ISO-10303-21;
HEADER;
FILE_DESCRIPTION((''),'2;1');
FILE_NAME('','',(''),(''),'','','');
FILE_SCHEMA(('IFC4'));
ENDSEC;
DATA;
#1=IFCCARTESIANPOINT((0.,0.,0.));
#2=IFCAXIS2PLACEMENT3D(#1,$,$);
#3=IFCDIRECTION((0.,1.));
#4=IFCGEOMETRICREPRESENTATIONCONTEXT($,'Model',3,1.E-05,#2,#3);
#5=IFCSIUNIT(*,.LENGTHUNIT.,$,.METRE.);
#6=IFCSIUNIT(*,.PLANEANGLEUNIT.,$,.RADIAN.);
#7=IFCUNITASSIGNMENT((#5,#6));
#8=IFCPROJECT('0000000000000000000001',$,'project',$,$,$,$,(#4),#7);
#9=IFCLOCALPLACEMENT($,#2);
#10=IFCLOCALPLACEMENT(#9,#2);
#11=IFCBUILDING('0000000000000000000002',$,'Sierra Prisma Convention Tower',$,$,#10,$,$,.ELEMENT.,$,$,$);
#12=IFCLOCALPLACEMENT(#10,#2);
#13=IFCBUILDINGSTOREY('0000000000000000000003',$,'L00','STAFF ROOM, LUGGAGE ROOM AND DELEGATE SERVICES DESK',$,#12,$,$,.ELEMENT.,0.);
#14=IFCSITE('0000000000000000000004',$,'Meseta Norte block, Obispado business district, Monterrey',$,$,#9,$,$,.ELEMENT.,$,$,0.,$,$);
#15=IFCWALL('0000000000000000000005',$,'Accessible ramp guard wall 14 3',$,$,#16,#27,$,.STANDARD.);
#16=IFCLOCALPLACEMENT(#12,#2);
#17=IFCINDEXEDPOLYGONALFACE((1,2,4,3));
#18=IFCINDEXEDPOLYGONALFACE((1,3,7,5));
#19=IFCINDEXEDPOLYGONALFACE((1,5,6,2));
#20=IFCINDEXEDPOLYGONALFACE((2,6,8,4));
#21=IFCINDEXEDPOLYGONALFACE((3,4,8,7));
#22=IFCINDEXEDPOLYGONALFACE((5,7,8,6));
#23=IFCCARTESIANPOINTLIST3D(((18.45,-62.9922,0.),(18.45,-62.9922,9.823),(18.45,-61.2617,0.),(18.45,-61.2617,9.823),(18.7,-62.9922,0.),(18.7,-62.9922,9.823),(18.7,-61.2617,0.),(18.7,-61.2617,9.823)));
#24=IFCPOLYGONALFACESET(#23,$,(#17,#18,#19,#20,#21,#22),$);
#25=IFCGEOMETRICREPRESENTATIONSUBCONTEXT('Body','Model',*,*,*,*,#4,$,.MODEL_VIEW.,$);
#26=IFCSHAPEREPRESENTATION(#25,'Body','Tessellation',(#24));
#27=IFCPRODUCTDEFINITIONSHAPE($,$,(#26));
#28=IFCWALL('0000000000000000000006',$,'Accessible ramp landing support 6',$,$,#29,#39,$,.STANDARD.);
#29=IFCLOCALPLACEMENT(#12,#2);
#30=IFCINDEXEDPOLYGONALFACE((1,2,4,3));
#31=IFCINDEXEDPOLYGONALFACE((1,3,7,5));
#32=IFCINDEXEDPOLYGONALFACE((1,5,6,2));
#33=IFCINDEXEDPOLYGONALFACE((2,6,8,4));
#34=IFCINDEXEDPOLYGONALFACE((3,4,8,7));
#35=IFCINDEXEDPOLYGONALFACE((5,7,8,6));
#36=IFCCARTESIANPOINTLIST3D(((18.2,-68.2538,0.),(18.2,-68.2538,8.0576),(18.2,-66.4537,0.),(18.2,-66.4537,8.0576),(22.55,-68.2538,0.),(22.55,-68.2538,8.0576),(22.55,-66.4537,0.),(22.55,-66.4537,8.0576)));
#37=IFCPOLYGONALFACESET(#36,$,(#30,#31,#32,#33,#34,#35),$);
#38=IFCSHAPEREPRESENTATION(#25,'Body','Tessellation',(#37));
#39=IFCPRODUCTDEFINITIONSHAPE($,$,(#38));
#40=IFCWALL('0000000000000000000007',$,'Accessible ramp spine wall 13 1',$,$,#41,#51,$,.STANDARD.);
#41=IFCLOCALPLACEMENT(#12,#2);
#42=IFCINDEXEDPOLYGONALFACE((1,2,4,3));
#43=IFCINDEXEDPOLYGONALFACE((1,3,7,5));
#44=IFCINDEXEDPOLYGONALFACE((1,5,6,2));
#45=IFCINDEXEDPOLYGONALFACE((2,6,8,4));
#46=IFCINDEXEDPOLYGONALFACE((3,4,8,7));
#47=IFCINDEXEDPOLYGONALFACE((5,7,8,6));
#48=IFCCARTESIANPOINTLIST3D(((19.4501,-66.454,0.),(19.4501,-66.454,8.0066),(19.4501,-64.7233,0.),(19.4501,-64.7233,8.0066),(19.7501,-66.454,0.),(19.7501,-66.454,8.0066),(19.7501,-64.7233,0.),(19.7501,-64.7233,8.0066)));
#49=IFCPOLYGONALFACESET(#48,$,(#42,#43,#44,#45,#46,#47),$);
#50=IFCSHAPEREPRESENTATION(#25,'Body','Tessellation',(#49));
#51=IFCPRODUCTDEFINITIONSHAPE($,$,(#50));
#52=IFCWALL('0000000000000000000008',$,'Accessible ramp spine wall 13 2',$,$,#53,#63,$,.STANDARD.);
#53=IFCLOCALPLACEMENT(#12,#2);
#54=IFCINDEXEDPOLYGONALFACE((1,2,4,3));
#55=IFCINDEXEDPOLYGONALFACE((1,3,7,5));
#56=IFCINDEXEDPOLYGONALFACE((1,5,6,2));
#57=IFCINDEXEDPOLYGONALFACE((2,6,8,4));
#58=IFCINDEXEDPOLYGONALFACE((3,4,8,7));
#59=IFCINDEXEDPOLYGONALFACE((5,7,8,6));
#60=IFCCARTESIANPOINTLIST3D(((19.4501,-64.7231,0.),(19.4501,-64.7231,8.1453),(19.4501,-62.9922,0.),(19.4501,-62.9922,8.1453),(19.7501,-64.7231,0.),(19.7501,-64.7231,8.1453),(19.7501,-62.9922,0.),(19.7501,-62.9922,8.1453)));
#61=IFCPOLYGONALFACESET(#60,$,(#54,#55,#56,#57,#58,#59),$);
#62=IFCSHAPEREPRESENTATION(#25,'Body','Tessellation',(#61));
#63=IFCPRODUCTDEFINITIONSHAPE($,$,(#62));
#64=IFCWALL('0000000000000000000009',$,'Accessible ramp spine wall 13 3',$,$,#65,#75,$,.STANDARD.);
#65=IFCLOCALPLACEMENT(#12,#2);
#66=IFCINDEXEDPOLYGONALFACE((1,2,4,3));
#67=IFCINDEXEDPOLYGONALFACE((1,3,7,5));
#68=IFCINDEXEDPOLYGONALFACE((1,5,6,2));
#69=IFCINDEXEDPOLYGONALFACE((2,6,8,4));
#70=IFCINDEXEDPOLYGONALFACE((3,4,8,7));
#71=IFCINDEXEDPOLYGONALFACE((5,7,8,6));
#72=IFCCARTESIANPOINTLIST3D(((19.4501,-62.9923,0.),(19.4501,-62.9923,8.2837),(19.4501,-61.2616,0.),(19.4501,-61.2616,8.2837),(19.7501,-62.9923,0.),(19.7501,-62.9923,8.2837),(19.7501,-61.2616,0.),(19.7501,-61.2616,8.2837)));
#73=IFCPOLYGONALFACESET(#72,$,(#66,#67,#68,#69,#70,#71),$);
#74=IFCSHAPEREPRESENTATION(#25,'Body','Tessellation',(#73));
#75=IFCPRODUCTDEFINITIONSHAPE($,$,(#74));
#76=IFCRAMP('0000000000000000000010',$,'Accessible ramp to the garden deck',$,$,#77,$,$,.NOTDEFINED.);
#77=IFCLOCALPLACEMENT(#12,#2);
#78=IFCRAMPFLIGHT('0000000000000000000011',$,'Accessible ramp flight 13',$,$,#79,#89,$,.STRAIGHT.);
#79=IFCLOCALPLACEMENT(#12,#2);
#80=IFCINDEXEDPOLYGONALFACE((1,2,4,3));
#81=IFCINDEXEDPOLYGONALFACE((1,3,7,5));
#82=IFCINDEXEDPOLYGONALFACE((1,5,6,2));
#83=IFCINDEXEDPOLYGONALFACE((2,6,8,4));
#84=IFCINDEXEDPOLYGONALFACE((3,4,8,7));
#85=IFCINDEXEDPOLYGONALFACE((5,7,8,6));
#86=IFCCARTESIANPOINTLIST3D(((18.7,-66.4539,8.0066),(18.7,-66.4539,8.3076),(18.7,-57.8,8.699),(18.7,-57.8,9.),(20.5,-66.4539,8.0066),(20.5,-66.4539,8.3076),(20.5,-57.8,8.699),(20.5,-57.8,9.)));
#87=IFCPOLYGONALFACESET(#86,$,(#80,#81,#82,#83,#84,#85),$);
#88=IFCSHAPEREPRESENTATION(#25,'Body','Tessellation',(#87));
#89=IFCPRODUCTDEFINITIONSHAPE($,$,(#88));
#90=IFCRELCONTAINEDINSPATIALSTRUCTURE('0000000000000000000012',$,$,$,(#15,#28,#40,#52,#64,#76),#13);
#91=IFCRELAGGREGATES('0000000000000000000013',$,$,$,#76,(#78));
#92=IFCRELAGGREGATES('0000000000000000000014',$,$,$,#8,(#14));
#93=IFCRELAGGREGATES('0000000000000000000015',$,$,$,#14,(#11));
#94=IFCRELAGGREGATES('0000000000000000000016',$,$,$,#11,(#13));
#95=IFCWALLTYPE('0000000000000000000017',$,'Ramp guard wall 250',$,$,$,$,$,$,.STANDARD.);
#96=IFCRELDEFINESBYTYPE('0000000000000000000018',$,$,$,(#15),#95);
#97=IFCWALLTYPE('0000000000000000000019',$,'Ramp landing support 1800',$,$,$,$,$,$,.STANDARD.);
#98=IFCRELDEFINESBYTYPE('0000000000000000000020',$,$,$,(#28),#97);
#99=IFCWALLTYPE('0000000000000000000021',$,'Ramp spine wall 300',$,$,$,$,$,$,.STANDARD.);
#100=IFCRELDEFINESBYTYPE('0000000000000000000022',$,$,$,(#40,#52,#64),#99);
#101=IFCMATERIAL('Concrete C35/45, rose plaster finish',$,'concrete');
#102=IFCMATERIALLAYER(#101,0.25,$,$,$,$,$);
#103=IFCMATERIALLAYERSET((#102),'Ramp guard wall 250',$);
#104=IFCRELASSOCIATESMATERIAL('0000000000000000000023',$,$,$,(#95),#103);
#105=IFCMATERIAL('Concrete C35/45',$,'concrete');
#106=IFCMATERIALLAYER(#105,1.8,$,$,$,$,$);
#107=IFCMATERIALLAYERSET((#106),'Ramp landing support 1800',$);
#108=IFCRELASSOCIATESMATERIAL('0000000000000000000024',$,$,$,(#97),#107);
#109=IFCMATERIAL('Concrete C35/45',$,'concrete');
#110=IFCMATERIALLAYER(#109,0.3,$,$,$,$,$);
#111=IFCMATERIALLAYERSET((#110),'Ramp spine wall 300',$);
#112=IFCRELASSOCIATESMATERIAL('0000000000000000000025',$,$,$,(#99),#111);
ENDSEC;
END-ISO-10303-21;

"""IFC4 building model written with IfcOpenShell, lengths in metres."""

from ifc_helpers import new_model, si_unit, direction, frame, frame_2d, origin, place, context, subcontext, project, spatial, polyline, rectangle, outline, extrude, material, layer, layer_set, type_object, element, aggregate, save


model = new_model("IFC4")

# Units and contexts
model_context = context("Model", 3, precision=1e-05, world=origin(), true_north=direction((0.0, 1.0)))
body_context = subcontext(model_context, "Body", "Model", "MODEL_VIEW")
ifc_project = project(units=[si_unit("LENGTHUNIT", "METRE"), si_unit("PLANEANGLEUNIT", "RADIAN")], contexts=[model_context])

# Site, building, storey
site_placement = place(None, origin())
site = spatial("IfcSite", under=ifc_project, at=site_placement, Name="Meseta Norte block, Obispado business district, Monterrey", CompositionType="ELEMENT", RefElevation=0.0)
building_placement = place(site_placement, origin())
building = spatial("IfcBuilding", under=site, at=building_placement, Name="Sierra Prisma Convention Tower", CompositionType="ELEMENT")
storey_placement = place(building_placement, origin())
storey = spatial("IfcBuildingStorey", under=building, at=storey_placement, Name="L00", Description="STAFF ROOM, LUGGAGE ROOM AND DELEGATE SERVICES DESK", CompositionType="ELEMENT", Elevation=0.0)

# Walls
ifc_material_1 = material(Name="Concrete C35/45, rose plaster finish", Category="concrete")
ifc_layer_1 = layer(ifc_material_1, 0.25)
ifc_layer_set_1 = layer_set([ifc_layer_1], Name="Ramp guard wall 250")
wall_type_1 = type_object("IfcWallType", Name="Ramp guard wall 250", PredefinedType="STANDARD", material=ifc_layer_set_1)
wall_1_placement = place(storey_placement, frame((18.575, -62.9922, 0.0), z_axis=(0.0, 0.0, 1.0), x_axis=(0.0, 1.0, 0.0)))
element("IfcWall", 1, at=wall_1_placement, inside=storey, type_object=wall_type_1, Name="Accessible ramp guard wall 14 3", PredefinedType="STANDARD", context=body_context, shape_type="SweptSolid", body=[
    extrude(rectangle(XDim=1.7305, YDim=0.25, at=frame_2d((0.8652, 0.0))), origin(), (0.0, 0.0, 1.0), 9.823),
])
ifc_material_2 = material(Name="Concrete C35/45", Category="concrete")
ifc_layer_2 = layer(ifc_material_2, 1.8)
ifc_layer_set_2 = layer_set([ifc_layer_2], Name="Ramp landing support 1800")
wall_type_2 = type_object("IfcWallType", Name="Ramp landing support 1800", PredefinedType="STANDARD", material=ifc_layer_set_2)
wall_2_placement = place(storey_placement, frame((18.2, -67.3538, 0.0), z_axis=(0.0, 0.0, 1.0), x_axis=(1.0, 0.0, 0.0)))
element("IfcWall", 2, at=wall_2_placement, inside=storey, type_object=wall_type_2, Name="Accessible ramp landing support 6", PredefinedType="STANDARD", context=body_context, shape_type="SweptSolid", body=[
    extrude(rectangle(XDim=4.3501, YDim=1.8, at=frame_2d((2.175, 0.0))), origin(), (0.0, 0.0, 1.0), 8.0576),
])
ifc_material_3 = material(Name="Concrete C35/45", Category="concrete")
ifc_layer_3 = layer(ifc_material_3, 0.3)
ifc_layer_set_3 = layer_set([ifc_layer_3], Name="Ramp spine wall 300")
wall_type_3 = type_object("IfcWallType", Name="Ramp spine wall 300", PredefinedType="STANDARD", material=ifc_layer_set_3)
wall_3_placement = place(storey_placement, frame((19.6001, -66.4539, 0.0), z_axis=(0.0, 0.0, 1.0), x_axis=(0.0, 1.0, 0.0)))
element("IfcWall", 3, at=wall_3_placement, inside=storey, type_object=wall_type_3, Name="Accessible ramp spine wall 13 1", PredefinedType="STANDARD", context=body_context, shape_type="SweptSolid", body=[
    extrude(rectangle(XDim=1.7307, YDim=0.3, at=frame_2d((0.8652, 0.0))), origin(), (0.0, 0.0, 1.0), 8.0066),
])
wall_4_placement = place(storey_placement, frame((19.6001, -64.7231, 0.0), z_axis=(0.0, 0.0, 1.0), x_axis=(0.0, 1.0, 0.0)))
element("IfcWall", 4, at=wall_4_placement, inside=storey, type_object=wall_type_3, Name="Accessible ramp spine wall 13 2", PredefinedType="STANDARD", context=body_context, shape_type="SweptSolid", body=[
    extrude(rectangle(XDim=1.731, YDim=0.3, at=frame_2d((0.8655, 0.0))), origin(), (0.0, 0.0, 1.0), 8.1453),
])
wall_5_placement = place(storey_placement, frame((19.6001, -62.9922, 0.0), z_axis=(0.0, 0.0, 1.0), x_axis=(0.0, 1.0, 0.0)))
element("IfcWall", 5, at=wall_5_placement, inside=storey, type_object=wall_type_3, Name="Accessible ramp spine wall 13 3", PredefinedType="STANDARD", context=body_context, shape_type="SweptSolid", body=[
    extrude(rectangle(XDim=1.7307, YDim=0.3, at=frame_2d((0.8652, 0.0))), origin(), (0.0, 0.0, 1.0), 8.2837),
])

# Ramp, ramp flight
ramp_placement = place(storey_placement, origin())
ramp = element("IfcRamp", 6, at=ramp_placement, inside=storey, Name="Accessible ramp to the garden deck", PredefinedType="NOTDEFINED")
ramp_flight_placement = place(storey_placement, frame((18.7, -66.4539, 8.3076), z_axis=(0.0, 0.0, 1.0), x_axis=(0.0, 1.0, 0.0)))
ramp_flight = element("IfcRampFlight", 7, at=ramp_flight_placement, Name="Accessible ramp flight 13", PredefinedType="STRAIGHT", context=body_context, shape_type="SweptSolid", body=[
    extrude(outline(polyline([(0.0, -0.301), (8.6538, 0.3914), (8.6538, 0.6924), (0.0, 0.0), (0.0, -0.301)])), frame((0.0, 0.0, 0.0), z_axis=(0.0, -1.0, 0.0), x_axis=(1.0, 0.0, 0.0)), (0.0, 0.0, 1.0), 1.8),
])
aggregate(ramp, [ramp_flight])

save(model, "model.ifc")
